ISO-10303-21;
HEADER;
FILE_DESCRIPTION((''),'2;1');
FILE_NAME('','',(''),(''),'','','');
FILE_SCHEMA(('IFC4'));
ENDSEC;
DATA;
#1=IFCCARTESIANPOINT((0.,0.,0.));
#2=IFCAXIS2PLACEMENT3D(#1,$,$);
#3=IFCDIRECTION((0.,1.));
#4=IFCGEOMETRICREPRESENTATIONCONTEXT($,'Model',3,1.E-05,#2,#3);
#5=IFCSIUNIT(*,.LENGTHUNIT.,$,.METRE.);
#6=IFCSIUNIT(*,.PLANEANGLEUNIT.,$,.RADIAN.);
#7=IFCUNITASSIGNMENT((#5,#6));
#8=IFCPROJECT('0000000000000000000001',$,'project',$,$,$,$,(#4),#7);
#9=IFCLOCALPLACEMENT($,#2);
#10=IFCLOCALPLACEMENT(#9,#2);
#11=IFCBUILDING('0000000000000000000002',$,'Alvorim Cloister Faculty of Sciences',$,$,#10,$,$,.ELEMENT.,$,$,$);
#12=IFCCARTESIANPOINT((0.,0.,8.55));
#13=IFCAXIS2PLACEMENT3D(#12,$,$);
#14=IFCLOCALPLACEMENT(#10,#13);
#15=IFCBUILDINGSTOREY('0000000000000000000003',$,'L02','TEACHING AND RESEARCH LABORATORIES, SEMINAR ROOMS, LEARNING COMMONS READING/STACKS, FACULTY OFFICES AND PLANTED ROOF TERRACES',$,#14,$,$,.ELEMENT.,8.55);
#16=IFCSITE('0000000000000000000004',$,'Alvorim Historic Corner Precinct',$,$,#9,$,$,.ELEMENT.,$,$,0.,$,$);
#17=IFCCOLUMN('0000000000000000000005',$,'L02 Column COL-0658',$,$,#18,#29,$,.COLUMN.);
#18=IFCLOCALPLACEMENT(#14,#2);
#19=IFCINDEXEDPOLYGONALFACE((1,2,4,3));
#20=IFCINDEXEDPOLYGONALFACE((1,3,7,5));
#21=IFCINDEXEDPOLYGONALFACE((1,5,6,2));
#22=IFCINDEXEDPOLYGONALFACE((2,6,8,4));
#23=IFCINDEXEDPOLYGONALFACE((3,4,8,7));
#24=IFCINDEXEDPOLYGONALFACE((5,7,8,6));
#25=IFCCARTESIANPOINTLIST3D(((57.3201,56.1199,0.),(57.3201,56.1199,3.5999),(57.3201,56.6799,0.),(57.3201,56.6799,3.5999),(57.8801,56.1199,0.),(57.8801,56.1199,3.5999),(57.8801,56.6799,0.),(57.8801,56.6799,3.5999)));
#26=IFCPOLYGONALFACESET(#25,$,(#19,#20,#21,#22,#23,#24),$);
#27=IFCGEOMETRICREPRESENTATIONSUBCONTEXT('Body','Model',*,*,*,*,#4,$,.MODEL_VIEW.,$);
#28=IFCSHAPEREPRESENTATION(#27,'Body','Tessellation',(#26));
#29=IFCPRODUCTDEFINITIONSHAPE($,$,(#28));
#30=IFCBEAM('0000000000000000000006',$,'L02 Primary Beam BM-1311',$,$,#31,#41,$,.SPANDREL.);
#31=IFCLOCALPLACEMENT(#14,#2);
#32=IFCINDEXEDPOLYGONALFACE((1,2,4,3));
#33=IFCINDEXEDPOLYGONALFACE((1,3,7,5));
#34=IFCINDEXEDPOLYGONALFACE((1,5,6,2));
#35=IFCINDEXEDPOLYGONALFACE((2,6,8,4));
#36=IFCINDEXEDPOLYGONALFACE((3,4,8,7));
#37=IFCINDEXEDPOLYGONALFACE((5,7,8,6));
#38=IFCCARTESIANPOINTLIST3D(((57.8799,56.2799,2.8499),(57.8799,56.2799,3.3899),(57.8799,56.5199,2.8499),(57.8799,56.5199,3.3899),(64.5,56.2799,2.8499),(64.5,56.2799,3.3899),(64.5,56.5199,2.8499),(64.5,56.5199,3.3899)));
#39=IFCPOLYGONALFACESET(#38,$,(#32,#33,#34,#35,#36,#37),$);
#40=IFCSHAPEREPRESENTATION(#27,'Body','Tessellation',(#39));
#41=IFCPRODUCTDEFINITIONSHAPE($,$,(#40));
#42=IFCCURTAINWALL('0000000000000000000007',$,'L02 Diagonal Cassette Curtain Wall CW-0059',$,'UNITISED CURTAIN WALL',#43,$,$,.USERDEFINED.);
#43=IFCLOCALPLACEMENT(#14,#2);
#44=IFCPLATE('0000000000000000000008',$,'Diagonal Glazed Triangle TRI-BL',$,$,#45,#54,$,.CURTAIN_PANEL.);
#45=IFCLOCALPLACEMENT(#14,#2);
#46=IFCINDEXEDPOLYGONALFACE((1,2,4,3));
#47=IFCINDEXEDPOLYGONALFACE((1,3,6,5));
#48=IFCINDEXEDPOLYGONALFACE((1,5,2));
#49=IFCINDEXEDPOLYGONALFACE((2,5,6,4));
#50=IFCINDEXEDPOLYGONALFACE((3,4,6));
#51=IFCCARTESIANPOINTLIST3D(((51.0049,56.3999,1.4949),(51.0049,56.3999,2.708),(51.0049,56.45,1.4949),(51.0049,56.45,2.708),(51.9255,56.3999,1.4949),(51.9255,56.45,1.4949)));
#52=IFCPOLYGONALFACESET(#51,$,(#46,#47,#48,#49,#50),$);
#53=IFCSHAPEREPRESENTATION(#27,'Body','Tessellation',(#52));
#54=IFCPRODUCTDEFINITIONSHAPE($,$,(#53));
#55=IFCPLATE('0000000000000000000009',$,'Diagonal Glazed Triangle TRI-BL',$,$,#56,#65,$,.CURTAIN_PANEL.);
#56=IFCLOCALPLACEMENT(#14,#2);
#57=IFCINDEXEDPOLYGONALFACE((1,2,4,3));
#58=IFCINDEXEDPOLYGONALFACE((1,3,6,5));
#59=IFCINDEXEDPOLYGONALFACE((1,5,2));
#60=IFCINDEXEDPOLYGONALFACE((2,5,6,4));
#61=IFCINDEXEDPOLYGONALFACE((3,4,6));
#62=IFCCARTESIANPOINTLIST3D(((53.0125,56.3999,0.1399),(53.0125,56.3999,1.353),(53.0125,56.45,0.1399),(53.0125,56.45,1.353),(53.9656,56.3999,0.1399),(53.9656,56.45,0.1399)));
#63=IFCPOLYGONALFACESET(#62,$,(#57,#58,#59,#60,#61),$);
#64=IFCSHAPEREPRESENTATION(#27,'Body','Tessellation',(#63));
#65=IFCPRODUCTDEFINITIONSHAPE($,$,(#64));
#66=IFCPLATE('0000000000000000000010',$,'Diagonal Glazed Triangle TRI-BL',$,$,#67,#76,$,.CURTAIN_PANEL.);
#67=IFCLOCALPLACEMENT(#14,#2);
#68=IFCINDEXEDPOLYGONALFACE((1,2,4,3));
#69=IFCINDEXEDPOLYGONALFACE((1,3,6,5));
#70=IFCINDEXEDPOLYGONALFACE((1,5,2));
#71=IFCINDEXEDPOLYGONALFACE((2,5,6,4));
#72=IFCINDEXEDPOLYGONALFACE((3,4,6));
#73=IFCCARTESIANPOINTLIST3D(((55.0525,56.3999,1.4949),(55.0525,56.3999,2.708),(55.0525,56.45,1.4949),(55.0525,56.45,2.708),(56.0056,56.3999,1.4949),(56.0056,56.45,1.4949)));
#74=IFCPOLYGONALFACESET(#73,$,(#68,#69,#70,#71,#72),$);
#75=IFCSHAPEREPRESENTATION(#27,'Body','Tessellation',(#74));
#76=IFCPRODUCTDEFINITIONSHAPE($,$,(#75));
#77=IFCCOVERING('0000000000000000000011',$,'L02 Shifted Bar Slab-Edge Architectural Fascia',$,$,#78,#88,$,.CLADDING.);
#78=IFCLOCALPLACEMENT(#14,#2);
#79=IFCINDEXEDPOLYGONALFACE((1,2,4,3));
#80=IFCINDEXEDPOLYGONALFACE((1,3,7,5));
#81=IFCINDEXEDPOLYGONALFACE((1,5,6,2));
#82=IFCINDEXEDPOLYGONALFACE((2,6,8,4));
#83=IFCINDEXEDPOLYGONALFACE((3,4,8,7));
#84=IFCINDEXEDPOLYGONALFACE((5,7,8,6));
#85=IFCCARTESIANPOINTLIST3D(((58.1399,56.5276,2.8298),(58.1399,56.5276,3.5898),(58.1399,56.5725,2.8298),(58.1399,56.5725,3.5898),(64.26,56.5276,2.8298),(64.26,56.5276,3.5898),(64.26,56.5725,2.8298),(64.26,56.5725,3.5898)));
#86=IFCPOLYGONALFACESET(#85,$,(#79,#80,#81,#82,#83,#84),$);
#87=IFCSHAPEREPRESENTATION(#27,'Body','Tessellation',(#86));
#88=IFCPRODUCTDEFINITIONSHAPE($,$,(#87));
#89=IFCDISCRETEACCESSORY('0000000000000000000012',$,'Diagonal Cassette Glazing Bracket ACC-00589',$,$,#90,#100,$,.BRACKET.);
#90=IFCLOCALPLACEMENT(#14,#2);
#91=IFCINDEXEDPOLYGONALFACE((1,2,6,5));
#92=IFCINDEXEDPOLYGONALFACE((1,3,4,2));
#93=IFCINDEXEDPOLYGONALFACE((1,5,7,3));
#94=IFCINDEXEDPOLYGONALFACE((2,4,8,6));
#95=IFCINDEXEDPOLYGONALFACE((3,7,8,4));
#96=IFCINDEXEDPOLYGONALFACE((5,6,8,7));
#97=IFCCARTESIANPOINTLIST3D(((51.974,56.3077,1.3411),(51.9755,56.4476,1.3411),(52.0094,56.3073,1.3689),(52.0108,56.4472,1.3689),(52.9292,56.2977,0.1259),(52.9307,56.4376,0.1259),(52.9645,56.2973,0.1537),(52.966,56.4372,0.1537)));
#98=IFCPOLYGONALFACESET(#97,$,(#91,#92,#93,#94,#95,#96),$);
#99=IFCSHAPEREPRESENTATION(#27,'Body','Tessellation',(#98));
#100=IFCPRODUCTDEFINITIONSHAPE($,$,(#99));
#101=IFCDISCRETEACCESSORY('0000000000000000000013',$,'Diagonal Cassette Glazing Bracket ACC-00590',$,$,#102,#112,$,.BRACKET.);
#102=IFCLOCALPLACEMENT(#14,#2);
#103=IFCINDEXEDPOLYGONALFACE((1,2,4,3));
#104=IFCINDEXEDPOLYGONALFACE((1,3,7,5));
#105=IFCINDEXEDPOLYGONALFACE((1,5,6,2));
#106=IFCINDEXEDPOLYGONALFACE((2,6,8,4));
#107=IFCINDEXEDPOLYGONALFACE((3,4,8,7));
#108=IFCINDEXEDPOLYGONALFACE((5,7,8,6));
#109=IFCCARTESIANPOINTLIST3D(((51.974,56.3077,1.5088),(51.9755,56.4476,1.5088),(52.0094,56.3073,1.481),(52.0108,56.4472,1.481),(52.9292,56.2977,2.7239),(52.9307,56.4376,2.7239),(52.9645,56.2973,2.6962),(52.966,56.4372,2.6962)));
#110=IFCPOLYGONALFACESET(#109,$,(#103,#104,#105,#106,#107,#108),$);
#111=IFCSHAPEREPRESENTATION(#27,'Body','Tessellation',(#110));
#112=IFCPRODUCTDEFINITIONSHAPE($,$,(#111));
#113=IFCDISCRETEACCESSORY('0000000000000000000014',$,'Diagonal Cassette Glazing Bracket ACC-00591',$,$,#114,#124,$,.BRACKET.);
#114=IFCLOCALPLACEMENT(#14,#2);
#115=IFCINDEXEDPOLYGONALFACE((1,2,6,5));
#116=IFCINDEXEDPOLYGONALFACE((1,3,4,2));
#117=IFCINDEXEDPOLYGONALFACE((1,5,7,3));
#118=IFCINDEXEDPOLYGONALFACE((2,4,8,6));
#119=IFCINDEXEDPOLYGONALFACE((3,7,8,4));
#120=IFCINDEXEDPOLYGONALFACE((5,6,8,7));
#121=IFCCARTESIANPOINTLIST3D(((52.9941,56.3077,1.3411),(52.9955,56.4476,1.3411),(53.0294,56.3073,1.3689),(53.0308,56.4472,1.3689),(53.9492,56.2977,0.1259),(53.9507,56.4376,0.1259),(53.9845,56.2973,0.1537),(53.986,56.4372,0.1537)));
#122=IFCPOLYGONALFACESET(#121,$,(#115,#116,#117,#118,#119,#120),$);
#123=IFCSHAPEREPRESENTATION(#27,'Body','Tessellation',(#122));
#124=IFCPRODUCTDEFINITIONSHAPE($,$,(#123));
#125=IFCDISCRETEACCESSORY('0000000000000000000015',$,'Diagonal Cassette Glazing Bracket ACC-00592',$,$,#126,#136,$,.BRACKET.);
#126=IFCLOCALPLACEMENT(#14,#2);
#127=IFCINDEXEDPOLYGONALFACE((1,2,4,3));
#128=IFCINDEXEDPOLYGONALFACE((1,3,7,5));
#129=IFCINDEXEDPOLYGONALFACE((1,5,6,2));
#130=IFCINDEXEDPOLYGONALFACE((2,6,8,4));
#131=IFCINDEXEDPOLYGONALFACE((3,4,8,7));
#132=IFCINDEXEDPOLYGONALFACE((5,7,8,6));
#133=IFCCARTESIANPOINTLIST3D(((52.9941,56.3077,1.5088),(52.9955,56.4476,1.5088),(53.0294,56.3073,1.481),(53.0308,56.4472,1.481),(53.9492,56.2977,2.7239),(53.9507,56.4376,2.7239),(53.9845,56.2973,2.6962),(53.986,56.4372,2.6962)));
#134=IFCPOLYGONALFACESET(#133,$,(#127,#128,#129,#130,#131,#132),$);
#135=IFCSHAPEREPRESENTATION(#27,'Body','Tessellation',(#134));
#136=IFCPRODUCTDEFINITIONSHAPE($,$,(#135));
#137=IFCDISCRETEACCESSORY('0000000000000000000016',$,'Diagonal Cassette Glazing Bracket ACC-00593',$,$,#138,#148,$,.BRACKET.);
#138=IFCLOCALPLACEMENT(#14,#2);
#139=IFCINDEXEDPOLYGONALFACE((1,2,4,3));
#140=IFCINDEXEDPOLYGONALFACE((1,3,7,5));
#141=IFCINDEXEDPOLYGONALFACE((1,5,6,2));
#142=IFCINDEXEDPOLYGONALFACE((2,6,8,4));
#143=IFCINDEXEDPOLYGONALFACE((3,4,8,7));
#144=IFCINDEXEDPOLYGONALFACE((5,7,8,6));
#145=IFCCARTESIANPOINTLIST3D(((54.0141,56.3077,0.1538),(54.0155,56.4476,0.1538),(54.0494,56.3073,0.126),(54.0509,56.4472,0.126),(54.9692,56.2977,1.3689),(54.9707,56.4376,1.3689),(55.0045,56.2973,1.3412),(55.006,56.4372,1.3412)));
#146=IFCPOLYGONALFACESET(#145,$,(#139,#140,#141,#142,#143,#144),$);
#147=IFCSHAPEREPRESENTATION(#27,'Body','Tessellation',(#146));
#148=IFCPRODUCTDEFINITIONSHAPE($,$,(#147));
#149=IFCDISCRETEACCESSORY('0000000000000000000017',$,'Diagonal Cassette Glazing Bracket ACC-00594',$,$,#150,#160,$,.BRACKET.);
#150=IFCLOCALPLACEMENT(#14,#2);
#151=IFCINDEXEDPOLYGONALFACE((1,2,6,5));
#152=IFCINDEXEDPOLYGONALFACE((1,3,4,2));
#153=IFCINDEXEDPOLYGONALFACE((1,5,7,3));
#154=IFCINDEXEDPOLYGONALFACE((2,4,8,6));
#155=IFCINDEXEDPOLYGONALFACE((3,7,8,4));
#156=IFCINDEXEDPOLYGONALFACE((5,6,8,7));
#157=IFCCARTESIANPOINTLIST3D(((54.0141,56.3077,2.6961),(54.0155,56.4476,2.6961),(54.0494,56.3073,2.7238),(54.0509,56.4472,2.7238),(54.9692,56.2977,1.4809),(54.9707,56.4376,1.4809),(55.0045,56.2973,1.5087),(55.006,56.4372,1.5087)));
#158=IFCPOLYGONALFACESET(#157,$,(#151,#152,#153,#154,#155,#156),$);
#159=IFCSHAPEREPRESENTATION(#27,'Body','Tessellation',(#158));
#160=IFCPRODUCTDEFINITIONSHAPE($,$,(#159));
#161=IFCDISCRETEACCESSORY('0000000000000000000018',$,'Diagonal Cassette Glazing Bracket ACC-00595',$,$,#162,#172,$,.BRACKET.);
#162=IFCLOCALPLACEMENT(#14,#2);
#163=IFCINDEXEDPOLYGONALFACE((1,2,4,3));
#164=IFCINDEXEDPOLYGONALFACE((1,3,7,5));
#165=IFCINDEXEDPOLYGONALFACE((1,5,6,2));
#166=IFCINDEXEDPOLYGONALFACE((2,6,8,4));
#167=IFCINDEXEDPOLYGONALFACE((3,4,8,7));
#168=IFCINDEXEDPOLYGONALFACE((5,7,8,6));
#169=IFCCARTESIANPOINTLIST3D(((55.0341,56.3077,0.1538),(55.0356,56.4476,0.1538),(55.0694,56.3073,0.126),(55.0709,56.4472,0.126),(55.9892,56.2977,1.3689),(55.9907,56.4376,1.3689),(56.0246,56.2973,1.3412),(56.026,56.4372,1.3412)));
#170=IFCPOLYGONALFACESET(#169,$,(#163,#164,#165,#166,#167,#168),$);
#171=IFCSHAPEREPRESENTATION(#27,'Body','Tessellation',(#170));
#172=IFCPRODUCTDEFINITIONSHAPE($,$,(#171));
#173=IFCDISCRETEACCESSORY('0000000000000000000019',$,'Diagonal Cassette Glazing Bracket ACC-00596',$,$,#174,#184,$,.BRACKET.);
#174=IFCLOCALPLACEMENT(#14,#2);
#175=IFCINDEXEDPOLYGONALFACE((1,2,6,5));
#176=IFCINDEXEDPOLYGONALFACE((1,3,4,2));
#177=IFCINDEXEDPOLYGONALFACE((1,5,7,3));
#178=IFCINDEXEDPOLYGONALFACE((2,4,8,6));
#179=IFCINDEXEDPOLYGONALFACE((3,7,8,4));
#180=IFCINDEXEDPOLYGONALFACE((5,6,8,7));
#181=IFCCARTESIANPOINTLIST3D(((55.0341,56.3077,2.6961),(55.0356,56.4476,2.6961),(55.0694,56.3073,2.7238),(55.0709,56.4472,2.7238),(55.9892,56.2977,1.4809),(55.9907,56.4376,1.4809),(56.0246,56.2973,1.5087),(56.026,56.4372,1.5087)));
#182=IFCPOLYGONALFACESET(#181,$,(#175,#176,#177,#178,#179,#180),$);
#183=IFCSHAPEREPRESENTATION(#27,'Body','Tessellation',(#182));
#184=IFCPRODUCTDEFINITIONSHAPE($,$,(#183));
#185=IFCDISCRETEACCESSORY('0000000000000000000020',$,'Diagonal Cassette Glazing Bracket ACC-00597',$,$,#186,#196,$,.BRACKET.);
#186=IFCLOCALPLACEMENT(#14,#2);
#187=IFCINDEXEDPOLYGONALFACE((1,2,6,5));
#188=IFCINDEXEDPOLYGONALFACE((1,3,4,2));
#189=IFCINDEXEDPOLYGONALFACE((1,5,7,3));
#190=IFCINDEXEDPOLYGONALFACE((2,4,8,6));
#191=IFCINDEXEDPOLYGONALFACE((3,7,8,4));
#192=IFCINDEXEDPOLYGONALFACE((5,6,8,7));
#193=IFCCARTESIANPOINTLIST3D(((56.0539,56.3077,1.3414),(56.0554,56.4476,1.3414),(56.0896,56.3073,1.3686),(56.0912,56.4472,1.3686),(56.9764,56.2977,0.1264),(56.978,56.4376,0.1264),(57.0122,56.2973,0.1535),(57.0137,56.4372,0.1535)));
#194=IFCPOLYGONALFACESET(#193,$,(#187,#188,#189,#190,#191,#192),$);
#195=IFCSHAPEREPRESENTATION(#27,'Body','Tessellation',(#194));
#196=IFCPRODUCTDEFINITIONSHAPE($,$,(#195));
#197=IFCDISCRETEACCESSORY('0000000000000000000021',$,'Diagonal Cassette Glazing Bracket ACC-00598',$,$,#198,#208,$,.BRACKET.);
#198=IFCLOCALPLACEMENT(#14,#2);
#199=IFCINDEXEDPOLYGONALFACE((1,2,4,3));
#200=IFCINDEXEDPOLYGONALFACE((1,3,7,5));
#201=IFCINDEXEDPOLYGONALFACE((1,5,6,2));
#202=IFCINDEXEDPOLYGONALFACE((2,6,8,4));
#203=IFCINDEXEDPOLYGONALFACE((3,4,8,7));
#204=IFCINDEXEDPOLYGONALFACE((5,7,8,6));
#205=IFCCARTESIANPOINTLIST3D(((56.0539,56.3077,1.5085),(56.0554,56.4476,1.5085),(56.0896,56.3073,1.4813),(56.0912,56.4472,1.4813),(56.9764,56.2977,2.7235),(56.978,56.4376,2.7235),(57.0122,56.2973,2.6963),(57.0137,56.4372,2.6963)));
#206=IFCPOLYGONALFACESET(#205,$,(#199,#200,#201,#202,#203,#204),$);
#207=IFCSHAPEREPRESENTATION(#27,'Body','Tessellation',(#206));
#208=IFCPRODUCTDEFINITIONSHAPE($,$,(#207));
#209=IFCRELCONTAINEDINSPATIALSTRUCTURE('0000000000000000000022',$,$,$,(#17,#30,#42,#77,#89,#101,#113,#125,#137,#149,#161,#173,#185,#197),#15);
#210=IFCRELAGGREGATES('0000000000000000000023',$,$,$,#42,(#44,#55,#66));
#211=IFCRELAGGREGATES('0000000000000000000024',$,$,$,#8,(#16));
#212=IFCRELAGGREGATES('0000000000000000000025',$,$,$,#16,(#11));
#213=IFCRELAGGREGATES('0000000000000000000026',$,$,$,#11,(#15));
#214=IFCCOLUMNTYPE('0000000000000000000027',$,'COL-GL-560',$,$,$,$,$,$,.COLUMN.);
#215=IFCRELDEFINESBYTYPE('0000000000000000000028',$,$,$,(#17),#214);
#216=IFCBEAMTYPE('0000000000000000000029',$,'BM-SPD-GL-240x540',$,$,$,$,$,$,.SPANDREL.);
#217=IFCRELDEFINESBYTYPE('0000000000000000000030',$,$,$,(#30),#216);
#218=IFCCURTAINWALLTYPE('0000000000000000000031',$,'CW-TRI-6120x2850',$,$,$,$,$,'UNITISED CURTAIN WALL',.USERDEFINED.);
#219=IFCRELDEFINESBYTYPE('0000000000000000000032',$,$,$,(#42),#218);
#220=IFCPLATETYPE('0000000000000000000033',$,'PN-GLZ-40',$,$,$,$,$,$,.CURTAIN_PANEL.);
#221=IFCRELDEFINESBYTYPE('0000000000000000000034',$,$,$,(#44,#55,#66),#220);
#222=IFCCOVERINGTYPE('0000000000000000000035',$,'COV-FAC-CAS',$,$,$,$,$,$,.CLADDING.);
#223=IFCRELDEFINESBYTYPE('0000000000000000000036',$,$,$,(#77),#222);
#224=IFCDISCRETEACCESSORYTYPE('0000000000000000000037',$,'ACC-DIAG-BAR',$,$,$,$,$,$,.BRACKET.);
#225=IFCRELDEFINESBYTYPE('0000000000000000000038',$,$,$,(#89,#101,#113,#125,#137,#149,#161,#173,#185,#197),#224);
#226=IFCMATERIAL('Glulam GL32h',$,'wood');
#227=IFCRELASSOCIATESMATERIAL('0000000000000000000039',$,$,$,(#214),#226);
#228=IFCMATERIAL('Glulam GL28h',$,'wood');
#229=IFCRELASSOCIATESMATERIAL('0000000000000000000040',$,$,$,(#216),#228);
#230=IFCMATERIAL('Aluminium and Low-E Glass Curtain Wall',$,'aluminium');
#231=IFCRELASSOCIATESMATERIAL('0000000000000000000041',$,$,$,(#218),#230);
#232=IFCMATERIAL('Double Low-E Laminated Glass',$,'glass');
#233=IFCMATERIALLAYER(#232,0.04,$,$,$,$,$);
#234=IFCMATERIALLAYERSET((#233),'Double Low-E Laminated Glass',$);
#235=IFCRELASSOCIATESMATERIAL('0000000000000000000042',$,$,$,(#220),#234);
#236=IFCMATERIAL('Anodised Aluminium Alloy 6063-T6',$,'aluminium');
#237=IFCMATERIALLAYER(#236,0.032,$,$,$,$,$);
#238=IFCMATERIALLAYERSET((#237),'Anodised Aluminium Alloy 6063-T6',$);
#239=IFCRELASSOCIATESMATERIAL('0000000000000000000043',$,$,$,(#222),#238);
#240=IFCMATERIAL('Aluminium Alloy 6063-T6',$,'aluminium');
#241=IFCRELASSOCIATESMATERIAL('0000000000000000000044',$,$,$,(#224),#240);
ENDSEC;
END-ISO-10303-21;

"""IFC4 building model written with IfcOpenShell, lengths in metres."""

from ifc_helpers import new_model, si_unit, direction, frame, origin, origin_2d, place, context, subcontext, project, spatial, polyline, rectangle, outline, extrude, material, layer, layer_set, material_profile, profile_set, type_object, element, aggregate, save


model = new_model("IFC4")

# Units and contexts
model_context = context("Model", 3, precision=1e-05, world=origin(), true_north=direction((0.0, 1.0)))
body_context = subcontext(model_context, "Body", "Model", "MODEL_VIEW")
ifc_project = project(units=[si_unit("LENGTHUNIT", "METRE"), si_unit("PLANEANGLEUNIT", "RADIAN")], contexts=[model_context])

# Site, building, storey
site_placement = place(None, origin())
site = spatial("IfcSite", under=ifc_project, at=site_placement, Name="Alvorim Historic Corner Precinct", CompositionType="ELEMENT", RefElevation=0.0)
building_placement = place(site_placement, origin())
building = spatial("IfcBuilding", under=site, at=building_placement, Name="Alvorim Cloister Faculty of Sciences", CompositionType="ELEMENT")
storey_placement = place(building_placement, frame((0.0, 0.0, 8.55)))
storey = spatial("IfcBuildingStorey", under=building, at=storey_placement, Name="L02", Description="TEACHING AND RESEARCH LABORATORIES, SEMINAR ROOMS, LEARNING COMMONS READING/STACKS, FACULTY OFFICES AND PLANTED ROOF TERRACES", CompositionType="ELEMENT", Elevation=8.55)

# Column
ifc_material_1 = material(Name="Glulam GL32h", Category="wood")
ifc_material_profile_1 = material_profile(ifc_material_1, rectangle(XDim=0.5601, YDim=0.5601, at=origin_2d()), Name="GL32-COL-560x560")
ifc_profile_set_1 = profile_set([ifc_material_profile_1], Name="Glulam GL32h")
column_type = type_object("IfcColumnType", Name="COL-GL-560", PredefinedType="COLUMN", material=ifc_profile_set_1)
column_placement = place(storey_placement, frame((57.6001, 56.3999, 0.0), z_axis=(0.0, 0.0, 1.0), x_axis=(1.0, 0.0, 0.0)))
element("IfcColumn", 1, at=column_placement, inside=storey, type_object=column_type, Name="L02 Column COL-0658", PredefinedType="COLUMN", context=body_context, shape_type="SweptSolid", body=[
    extrude(rectangle(XDim=0.5601, YDim=0.5601, at=origin_2d()), origin(), (0.0, 0.0, 1.0), 3.5999),
])

# Beam
ifc_material_2 = material(Name="Glulam GL28h", Category="wood")
ifc_material_profile_2 = material_profile(ifc_material_2, rectangle(XDim=0.24, YDim=0.54, at=origin_2d()), Name="GL28-SPD-240x540")
ifc_profile_set_2 = profile_set([ifc_material_profile_2], Name="Glulam GL28h")
beam_type = type_object("IfcBeamType", Name="BM-SPD-GL-240x540", PredefinedType="SPANDREL", material=ifc_profile_set_2)
beam_placement = place(storey_placement, frame((57.8799, 56.3999, 3.1199), z_axis=(1.0, 0.0, 0.0), x_axis=(0.0, 1.0, 0.0)))
element("IfcBeam", 2, at=beam_placement, inside=storey, type_object=beam_type, Name="L02 Primary Beam BM-1311", PredefinedType="SPANDREL", context=body_context, shape_type="SweptSolid", body=[
    extrude(rectangle(XDim=0.24, YDim=0.54, at=origin_2d()), origin(), (0.0, 0.0, 1.0), 6.6201),
])

# Curtain wall, plates
ifc_material_3 = material(Name="Aluminium and Low-E Glass Curtain Wall", Category="aluminium")
curtain_wall_type = type_object("IfcCurtainWallType", Name="CW-TRI-6120x2850", ElementType="UNITISED CURTAIN WALL", PredefinedType="USERDEFINED", material=ifc_material_3)
curtain_wall_placement = place(storey_placement, origin())
curtain_wall = element("IfcCurtainWall", 3, at=curtain_wall_placement, inside=storey, type_object=curtain_wall_type, Name="L02 Diagonal Cassette Curtain Wall CW-0059", ObjectType="UNITISED CURTAIN WALL", PredefinedType="USERDEFINED")
ifc_material_4 = material(Name="Double Low-E Laminated Glass", Category="glass")
ifc_layer_1 = layer(ifc_material_4, 0.04)
ifc_layer_set_1 = layer_set([ifc_layer_1], Name="Double Low-E Laminated Glass")
plate_type = type_object("IfcPlateType", Name="PN-GLZ-40", PredefinedType="CURTAIN_PANEL", material=ifc_layer_set_1)
plate_1_placement = place(storey_placement, frame((51.0049, 56.425, 1.4949), z_axis=(0.0, 0.0, 1.0), x_axis=(1.0, 0.0, 0.0)))
plate_1 = element("IfcPlate", 4, at=plate_1_placement, type_object=plate_type, Name="Diagonal Glazed Triangle TRI-BL", PredefinedType="CURTAIN_PANEL", context=body_context, shape_type="SweptSolid", body=[
    extrude(outline(polyline([(0.0, 0.0), (0.9207, 0.0), (0.0, 1.2131), (0.0, 0.0)])), frame((0.0, 0.0249, 0.0), z_axis=(0.0, -1.0, 0.0), x_axis=(1.0, 0.0, 0.0)), (0.0, 0.0, 1.0), 0.05),
])
plate_2_placement = place(storey_placement, frame((53.0125, 56.425, 0.1399), z_axis=(0.0, 0.0, 1.0), x_axis=(1.0, 0.0, 0.0)))
plate_2 = element("IfcPlate", 5, at=plate_2_placement, type_object=plate_type, Name="Diagonal Glazed Triangle TRI-BL", PredefinedType="CURTAIN_PANEL", context=body_context, shape_type="SweptSolid", body=[
    extrude(outline(polyline([(0.0, 0.0), (0.9531, 0.0), (0.0, 1.2131), (0.0, 0.0)])), frame((0.0, 0.0249, 0.0), z_axis=(0.0, -1.0, 0.0), x_axis=(1.0, 0.0, 0.0)), (0.0, 0.0, 1.0), 0.05),
])
plate_3_placement = place(storey_placement, frame((55.0525, 56.425, 1.4949), z_axis=(0.0, 0.0, 1.0), x_axis=(1.0, 0.0, 0.0)))
plate_3 = element("IfcPlate", 6, at=plate_3_placement, type_object=plate_type, Name="Diagonal Glazed Triangle TRI-BL", PredefinedType="CURTAIN_PANEL", context=body_context, shape_type="SweptSolid", body=[
    extrude(outline(polyline([(0.0, 0.0), (0.9531, 0.0), (0.0, 1.2131), (0.0, 0.0)])), frame((0.0, 0.0249, 0.0), z_axis=(0.0, -1.0, 0.0), x_axis=(1.0, 0.0, 0.0)), (0.0, 0.0, 1.0), 0.05),
])
aggregate(curtain_wall, [plate_1, plate_2, plate_3])

# Covering
ifc_material_5 = material(Name="Anodised Aluminium Alloy 6063-T6", Category="aluminium")
ifc_layer_2 = layer(ifc_material_5, 0.032)
ifc_layer_set_2 = layer_set([ifc_layer_2], Name="Anodised Aluminium Alloy 6063-T6")
covering_type = type_object("IfcCoveringType", Name="COV-FAC-CAS", PredefinedType="CLADDING", material=ifc_layer_set_2)
covering_placement = place(storey_placement, frame((58.1399, 56.55, 2.8298), z_axis=(0.0, 0.0, 1.0), x_axis=(1.0, 0.0, 0.0)))
element("IfcCovering", 7, at=covering_placement, inside=storey, type_object=covering_type, Name="L02 Shifted Bar Slab-Edge Architectural Fascia", PredefinedType="CLADDING", context=body_context, shape_type="SweptSolid", body=[
    extrude(outline(polyline([(0.0, 0.0), (6.1201, 0.0), (6.1201, 0.76), (0.0, 0.76), (0.0, 0.0)])), frame((0.0, 0.0225, 0.0), z_axis=(0.0, -1.0, 0.0), x_axis=(1.0, 0.0, 0.0)), (0.0, 0.0, 1.0), 0.0449),
])

# Discrete accessories
ifc_material_6 = material(Name="Aluminium Alloy 6063-T6", Category="aluminium")
discrete_accessory_type = type_object("IfcDiscreteAccessoryType", Name="ACC-DIAG-BAR", PredefinedType="BRACKET", material=ifc_material_6)
for number, where, z_axis, x_axis, name in (
    (8, (51.9924, 56.3774, 1.355), (0.617955, -0.006477, -0.786187), (0.01048, 0.999945, 0.0), "Diagonal Cassette Glazing Bracket ACC-00589"),
    (9, (51.9924, 56.3774, 1.4949), (0.617955, -0.006477, 0.786187), (0.01048, 0.999945, 0.0), "Diagonal Cassette Glazing Bracket ACC-00590"),
    (10, (53.0125, 56.3774, 1.355), (0.617955, -0.006477, -0.786187), (0.01048, 0.999945, 0.0), "Diagonal Cassette Glazing Bracket ACC-00591"),
    (11, (53.0125, 56.3774, 1.4949), (0.617955, -0.006477, 0.786187), (0.01048, 0.999945, 0.0), "Diagonal Cassette Glazing Bracket ACC-00592"),
    (12, (54.0325, 56.3774, 0.1399), (0.617955, -0.006477, 0.786187), (0.01048, 0.999945, 0.0), "Diagonal Cassette Glazing Bracket ACC-00593"),
    (13, (54.0325, 56.3774, 2.71), (0.617955, -0.006477, -0.786187), (0.01048, 0.999945, 0.0), "Diagonal Cassette Glazing Bracket ACC-00594"),
    (14, (55.0525, 56.3774, 0.1399), (0.617955, -0.006477, 0.786187), (0.01048, 0.999945, 0.0), "Diagonal Cassette Glazing Bracket ACC-00595"),
    (15, (55.0525, 56.3774, 2.71), (0.617955, -0.006477, -0.786187), (0.01048, 0.999945, 0.0), "Diagonal Cassette Glazing Bracket ACC-00596"),
):
    element("IfcDiscreteAccessory", number, at=place(storey_placement, frame(where, z_axis=z_axis, x_axis=x_axis)), inside=storey, type_object=discrete_accessory_type, Name=name, PredefinedType="BRACKET", context=body_context, shape_type="SweptSolid", body=[
        extrude(rectangle(XDim=0.1399, YDim=0.0449, at=origin_2d()), origin(), (0.0, 0.0, 1.0), 1.5457),
    ])
for number, where, z_axis, x_axis, name in (
    (16, (56.0725, 56.3774, 1.355), (0.604713, -0.006561, -0.796416), (0.010849, 0.999941, 0.0), "Diagonal Cassette Glazing Bracket ACC-00597"),
    (17, (56.0725, 56.3774, 1.4949), (0.604713, -0.006561, 0.796416), (0.010849, 0.999941, 0.0), "Diagonal Cassette Glazing Bracket ACC-00598"),
):
    element("IfcDiscreteAccessory", number, at=place(storey_placement, frame(where, z_axis=z_axis, x_axis=x_axis)), inside=storey, type_object=discrete_accessory_type, Name=name, PredefinedType="BRACKET", context=body_context, shape_type="SweptSolid", body=[
        extrude(rectangle(XDim=0.1399, YDim=0.0449, at=origin_2d()), origin(), (0.0, 0.0, 1.0), 1.5256),
    ])

save(model, "model.ifc")
